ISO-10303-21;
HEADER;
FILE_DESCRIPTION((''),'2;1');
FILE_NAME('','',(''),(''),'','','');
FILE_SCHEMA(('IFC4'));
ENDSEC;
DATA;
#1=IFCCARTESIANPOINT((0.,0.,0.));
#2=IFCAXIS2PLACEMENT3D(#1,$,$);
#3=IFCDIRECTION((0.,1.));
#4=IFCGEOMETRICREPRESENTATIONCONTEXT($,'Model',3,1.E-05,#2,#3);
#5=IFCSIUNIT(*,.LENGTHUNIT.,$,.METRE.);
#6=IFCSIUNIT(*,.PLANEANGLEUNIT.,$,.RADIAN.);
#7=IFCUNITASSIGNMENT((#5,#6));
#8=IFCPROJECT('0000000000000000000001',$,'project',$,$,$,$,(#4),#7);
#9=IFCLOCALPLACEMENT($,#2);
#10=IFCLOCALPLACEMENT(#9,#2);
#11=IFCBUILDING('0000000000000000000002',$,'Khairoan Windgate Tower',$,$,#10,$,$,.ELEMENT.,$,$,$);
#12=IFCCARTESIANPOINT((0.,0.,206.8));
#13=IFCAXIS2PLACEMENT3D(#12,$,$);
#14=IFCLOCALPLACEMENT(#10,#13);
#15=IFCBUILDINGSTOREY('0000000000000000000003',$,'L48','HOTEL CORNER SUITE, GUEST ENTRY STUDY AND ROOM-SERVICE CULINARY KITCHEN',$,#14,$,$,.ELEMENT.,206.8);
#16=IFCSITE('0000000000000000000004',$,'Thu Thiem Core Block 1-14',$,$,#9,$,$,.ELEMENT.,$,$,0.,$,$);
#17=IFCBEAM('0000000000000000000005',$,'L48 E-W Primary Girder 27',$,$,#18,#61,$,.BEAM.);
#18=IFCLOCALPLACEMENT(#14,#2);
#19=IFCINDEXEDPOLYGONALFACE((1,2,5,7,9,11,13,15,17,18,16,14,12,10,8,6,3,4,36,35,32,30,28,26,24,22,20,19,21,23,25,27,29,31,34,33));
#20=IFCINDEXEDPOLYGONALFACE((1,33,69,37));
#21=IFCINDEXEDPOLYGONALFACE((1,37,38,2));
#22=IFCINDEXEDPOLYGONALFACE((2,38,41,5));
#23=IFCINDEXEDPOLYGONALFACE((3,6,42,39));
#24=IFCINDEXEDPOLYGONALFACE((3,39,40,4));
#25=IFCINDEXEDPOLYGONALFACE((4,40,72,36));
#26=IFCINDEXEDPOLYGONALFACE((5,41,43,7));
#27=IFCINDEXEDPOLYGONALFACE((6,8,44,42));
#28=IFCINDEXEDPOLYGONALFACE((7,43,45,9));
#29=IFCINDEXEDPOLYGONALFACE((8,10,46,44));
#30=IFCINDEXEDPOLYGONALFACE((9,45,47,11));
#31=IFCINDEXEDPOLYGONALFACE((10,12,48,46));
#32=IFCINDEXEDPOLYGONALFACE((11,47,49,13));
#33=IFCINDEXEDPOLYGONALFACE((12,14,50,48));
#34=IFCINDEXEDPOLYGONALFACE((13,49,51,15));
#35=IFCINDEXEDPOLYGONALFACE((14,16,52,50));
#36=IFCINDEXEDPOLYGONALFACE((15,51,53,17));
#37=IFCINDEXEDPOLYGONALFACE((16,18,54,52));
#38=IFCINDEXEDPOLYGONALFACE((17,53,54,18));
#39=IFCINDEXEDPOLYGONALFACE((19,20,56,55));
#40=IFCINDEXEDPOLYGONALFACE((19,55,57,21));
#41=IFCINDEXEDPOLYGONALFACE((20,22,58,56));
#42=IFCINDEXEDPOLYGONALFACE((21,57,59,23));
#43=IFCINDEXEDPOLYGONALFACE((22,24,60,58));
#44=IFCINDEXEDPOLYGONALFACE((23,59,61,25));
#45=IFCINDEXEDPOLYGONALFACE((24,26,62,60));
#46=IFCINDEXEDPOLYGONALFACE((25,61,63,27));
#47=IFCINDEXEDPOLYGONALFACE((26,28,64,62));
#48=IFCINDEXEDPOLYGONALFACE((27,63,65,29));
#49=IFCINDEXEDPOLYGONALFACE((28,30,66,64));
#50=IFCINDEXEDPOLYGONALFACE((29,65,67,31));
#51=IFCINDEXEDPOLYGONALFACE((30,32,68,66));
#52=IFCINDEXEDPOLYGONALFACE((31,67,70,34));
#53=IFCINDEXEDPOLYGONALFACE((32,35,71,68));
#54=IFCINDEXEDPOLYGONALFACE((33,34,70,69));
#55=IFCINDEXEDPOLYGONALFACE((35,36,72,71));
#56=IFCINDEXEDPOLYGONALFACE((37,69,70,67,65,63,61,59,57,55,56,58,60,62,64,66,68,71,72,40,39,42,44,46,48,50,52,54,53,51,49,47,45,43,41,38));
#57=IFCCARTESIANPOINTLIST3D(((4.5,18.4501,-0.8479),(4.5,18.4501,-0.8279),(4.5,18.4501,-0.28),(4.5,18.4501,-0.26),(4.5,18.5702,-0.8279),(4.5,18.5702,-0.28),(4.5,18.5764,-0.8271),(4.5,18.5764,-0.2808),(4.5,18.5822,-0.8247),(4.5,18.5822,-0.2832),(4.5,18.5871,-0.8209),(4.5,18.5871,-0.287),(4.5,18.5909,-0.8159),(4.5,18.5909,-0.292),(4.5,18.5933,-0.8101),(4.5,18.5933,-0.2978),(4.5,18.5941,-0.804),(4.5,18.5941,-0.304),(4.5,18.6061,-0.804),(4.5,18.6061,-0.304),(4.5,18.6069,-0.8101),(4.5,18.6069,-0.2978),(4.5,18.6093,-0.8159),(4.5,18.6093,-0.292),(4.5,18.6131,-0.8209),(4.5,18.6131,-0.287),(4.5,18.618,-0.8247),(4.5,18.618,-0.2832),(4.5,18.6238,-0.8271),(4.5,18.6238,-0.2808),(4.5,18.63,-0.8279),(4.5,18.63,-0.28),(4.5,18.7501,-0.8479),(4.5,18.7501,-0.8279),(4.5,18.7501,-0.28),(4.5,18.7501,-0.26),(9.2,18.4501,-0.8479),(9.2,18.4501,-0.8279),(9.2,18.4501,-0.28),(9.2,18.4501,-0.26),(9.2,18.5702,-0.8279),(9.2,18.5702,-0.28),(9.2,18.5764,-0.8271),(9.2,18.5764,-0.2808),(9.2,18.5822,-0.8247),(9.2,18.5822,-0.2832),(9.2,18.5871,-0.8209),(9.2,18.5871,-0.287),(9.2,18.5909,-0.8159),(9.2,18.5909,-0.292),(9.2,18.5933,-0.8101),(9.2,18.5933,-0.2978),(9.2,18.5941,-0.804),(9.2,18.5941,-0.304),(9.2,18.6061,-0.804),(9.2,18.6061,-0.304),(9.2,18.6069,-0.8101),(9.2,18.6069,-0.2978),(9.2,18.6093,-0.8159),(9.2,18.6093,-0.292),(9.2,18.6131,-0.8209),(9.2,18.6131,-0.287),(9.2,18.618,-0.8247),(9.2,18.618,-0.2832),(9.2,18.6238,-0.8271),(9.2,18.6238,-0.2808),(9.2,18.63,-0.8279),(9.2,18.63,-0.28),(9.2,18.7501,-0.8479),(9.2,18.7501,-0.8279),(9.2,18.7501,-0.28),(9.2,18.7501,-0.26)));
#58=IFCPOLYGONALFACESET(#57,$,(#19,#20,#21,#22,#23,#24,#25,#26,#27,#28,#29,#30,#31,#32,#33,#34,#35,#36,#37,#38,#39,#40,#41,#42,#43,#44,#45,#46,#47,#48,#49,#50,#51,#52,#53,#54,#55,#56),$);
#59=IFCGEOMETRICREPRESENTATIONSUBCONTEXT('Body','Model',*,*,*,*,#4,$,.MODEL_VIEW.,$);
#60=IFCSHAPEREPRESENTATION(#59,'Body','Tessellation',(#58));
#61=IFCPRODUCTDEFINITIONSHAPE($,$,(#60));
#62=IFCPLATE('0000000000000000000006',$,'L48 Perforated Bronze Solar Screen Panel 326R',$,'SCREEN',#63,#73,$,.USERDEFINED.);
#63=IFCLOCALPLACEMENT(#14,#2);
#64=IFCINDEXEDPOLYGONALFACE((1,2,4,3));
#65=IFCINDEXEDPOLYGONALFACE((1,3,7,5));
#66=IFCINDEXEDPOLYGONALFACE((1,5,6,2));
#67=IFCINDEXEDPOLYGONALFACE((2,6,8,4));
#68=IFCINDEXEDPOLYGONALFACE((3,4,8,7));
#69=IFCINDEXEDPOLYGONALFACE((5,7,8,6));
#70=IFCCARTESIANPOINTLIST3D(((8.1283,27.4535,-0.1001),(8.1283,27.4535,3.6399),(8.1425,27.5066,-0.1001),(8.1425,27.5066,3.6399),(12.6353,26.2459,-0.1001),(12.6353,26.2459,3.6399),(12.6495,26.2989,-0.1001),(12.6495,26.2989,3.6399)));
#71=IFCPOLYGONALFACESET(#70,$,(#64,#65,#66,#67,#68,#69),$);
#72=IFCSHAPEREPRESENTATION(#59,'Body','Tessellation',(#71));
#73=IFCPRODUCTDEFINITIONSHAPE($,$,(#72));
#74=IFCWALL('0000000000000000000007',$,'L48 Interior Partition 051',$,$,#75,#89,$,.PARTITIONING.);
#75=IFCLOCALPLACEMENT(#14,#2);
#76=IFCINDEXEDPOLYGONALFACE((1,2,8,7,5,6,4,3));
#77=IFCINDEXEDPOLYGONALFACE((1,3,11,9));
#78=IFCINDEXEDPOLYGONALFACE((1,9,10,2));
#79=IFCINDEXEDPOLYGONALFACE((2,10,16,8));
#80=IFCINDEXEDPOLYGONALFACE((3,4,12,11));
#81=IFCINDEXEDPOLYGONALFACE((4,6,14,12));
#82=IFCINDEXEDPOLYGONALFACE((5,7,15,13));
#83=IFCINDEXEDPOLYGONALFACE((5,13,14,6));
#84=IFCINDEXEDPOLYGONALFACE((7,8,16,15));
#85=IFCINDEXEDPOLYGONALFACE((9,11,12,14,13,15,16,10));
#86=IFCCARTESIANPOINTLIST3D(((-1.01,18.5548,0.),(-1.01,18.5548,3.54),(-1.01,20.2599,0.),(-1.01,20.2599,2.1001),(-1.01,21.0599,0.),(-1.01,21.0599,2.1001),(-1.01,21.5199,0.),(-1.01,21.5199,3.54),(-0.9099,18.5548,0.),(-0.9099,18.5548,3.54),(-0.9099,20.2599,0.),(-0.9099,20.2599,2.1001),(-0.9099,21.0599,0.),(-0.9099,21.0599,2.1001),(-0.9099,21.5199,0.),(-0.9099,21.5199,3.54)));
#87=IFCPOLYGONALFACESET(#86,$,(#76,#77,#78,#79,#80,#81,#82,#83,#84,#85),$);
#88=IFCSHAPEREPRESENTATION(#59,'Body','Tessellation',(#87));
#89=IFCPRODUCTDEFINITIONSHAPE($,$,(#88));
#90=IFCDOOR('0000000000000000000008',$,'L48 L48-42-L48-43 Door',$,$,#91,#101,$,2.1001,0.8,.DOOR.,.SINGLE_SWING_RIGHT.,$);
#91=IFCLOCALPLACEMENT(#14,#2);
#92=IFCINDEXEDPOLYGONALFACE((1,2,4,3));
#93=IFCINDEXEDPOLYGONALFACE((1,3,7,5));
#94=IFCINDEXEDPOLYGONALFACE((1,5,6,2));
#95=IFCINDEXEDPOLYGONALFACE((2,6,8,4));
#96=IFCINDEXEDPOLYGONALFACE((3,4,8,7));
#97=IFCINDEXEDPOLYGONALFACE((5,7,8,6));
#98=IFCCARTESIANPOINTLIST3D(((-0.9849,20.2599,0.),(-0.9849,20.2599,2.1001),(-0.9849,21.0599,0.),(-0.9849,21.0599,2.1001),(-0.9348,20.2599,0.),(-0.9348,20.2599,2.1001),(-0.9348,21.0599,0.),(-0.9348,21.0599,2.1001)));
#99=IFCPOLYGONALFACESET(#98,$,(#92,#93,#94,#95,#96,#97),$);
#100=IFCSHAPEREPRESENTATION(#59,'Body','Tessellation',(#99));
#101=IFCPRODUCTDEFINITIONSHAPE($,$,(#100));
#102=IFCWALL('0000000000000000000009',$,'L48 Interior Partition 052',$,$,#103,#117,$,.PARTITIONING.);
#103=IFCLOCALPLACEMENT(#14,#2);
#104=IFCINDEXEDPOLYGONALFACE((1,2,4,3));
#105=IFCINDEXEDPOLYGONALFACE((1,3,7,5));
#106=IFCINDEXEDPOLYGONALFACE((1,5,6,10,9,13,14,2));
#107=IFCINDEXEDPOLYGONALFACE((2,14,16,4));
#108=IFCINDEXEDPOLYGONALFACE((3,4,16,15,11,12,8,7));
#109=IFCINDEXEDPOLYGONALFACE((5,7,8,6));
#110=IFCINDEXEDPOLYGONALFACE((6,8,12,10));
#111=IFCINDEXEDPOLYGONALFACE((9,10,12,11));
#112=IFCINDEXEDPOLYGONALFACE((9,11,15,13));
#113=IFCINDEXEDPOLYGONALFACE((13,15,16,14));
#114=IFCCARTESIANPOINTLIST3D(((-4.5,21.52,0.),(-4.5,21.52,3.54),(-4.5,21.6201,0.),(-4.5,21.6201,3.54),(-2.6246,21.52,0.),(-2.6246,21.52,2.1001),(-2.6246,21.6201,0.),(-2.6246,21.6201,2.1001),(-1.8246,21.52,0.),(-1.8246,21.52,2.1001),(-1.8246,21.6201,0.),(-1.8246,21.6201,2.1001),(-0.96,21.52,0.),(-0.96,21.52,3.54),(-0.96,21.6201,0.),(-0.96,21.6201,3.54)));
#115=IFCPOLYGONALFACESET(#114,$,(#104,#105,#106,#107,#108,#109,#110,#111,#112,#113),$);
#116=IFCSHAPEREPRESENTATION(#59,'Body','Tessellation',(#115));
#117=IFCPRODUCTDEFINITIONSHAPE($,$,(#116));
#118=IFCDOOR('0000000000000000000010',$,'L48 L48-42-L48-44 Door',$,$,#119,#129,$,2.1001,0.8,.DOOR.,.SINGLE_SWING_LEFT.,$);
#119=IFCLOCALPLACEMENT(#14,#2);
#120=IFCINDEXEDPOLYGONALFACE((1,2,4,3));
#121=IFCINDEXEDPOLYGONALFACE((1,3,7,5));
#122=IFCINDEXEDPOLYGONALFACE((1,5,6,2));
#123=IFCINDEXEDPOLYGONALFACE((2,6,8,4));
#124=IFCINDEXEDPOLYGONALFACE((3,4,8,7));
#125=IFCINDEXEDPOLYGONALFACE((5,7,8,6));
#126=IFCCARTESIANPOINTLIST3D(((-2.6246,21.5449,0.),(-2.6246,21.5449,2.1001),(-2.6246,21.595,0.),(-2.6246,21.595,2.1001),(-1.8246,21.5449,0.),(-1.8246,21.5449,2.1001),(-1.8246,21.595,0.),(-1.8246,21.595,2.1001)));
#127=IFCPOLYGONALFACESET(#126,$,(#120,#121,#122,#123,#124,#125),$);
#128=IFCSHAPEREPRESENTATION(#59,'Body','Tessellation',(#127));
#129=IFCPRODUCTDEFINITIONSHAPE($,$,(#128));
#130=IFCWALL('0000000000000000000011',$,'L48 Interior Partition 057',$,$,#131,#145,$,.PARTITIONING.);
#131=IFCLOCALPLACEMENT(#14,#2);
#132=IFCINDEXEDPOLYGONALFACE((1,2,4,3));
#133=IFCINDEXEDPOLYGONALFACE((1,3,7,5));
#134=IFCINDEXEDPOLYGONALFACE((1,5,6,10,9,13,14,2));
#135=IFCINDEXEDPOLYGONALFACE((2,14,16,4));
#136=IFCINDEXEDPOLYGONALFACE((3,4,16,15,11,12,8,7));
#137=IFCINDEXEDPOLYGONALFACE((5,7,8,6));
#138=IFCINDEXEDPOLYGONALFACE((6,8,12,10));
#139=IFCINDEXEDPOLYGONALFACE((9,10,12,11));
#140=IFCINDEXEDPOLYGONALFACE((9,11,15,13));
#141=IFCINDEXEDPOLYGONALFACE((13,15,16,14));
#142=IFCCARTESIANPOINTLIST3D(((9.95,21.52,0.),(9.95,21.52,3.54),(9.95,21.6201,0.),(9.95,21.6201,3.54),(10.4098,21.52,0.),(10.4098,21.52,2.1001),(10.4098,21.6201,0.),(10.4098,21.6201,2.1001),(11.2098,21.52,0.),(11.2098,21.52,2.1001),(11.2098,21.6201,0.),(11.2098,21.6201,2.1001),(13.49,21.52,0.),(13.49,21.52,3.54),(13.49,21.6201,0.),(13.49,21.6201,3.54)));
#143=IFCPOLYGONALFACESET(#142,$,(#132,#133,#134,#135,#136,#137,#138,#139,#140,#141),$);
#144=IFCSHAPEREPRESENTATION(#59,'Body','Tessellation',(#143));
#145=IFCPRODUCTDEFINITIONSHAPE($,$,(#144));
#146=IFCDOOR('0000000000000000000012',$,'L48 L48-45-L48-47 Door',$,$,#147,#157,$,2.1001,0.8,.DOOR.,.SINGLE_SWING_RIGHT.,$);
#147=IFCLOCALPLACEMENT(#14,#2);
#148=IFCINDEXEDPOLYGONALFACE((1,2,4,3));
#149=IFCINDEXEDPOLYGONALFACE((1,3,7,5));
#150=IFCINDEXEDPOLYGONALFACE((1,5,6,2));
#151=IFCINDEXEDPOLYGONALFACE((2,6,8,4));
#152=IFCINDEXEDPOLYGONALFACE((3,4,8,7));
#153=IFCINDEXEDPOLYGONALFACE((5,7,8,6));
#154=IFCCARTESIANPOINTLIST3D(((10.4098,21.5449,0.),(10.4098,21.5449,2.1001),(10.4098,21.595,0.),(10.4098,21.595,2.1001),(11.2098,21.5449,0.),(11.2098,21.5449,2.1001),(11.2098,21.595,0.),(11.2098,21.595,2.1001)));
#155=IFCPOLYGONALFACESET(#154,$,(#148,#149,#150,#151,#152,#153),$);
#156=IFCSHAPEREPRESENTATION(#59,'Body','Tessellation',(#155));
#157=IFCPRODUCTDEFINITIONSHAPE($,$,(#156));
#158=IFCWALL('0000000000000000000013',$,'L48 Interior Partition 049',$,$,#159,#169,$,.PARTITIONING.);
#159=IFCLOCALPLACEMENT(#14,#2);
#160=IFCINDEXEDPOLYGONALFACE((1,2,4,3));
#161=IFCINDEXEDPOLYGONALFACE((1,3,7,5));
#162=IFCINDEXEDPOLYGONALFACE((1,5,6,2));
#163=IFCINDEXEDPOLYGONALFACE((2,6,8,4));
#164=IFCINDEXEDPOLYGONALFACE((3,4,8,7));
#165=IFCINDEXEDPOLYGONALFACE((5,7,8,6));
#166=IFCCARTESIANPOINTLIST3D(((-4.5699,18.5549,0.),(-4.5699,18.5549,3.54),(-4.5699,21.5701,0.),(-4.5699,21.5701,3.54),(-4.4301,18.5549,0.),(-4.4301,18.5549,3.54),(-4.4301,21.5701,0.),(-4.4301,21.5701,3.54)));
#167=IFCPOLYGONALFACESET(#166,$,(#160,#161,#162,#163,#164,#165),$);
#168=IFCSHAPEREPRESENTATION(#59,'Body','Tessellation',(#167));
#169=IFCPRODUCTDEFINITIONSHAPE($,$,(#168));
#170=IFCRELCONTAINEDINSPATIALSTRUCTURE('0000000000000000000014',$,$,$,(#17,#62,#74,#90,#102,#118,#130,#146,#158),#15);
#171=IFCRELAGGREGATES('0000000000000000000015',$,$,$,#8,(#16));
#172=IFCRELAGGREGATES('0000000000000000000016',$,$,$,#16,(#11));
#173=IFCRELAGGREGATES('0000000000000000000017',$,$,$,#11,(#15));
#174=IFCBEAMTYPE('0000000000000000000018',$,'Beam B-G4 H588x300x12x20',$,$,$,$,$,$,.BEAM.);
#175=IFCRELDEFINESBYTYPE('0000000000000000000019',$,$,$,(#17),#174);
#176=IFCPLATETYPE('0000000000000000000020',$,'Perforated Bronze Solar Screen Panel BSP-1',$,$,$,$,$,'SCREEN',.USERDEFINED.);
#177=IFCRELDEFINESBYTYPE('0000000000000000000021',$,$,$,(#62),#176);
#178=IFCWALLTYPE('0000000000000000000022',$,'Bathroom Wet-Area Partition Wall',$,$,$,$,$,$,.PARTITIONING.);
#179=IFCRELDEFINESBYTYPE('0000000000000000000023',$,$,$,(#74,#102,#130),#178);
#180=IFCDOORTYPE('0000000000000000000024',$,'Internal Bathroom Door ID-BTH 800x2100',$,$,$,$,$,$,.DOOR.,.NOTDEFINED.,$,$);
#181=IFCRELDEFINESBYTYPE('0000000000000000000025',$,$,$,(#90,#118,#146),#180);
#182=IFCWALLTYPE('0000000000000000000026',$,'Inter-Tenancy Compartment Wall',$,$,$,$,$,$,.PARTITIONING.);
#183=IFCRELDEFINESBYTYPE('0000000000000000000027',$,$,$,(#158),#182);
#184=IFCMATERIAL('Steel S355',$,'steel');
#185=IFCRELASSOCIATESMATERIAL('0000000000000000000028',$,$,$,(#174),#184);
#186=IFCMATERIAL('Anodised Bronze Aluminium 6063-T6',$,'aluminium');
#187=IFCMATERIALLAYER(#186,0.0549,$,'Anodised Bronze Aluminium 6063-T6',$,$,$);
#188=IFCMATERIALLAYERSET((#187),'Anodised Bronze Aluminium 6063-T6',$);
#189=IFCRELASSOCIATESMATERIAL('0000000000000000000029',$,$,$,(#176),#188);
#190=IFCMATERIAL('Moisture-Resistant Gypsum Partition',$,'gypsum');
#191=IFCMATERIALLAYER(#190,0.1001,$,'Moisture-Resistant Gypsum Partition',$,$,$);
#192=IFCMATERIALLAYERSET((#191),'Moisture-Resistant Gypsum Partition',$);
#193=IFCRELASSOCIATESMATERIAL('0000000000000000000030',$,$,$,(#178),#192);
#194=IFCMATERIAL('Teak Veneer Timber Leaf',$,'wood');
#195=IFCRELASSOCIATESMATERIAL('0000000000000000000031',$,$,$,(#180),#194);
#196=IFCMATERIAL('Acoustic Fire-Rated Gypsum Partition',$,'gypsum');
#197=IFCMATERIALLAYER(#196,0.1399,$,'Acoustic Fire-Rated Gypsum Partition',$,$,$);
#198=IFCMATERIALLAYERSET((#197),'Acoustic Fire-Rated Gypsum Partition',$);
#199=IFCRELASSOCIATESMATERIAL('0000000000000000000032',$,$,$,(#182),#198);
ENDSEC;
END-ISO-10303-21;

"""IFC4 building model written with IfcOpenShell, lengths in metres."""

from ifc_helpers import new_model, si_unit, direction, frame, frame_2d, origin, origin_2d, place, context, subcontext, project, spatial, rectangle, i_section, extrude, material, layer, layer_set, material_profile, profile_set, type_object, element, fill, save


model = new_model("IFC4")

# Units and contexts
model_context = context("Model", 3, precision=1e-05, world=origin(), true_north=direction((0.0, 1.0)))
body_context = subcontext(model_context, "Body", "Model", "MODEL_VIEW")
ifc_project = project(units=[si_unit("LENGTHUNIT", "METRE"), si_unit("PLANEANGLEUNIT", "RADIAN")], contexts=[model_context])

# Site, building, storey
site_placement = place(None, origin())
site = spatial("IfcSite", under=ifc_project, at=site_placement, Name="Thu Thiem Core Block 1-14", CompositionType="ELEMENT", RefElevation=0.0)
building_placement = place(site_placement, origin())
building = spatial("IfcBuilding", under=site, at=building_placement, Name="Khairoan Windgate Tower", CompositionType="ELEMENT")
storey_placement = place(building_placement, frame((0.0, 0.0, 206.8)))
storey = spatial("IfcBuildingStorey", under=building, at=storey_placement, Name="L48", Description="HOTEL CORNER SUITE, GUEST ENTRY STUDY AND ROOM-SERVICE CULINARY KITCHEN", CompositionType="ELEMENT", Elevation=206.8)

# Beam
ifc_material_1 = material(Name="Steel S355", Category="steel")
ifc_material_profile_1 = material_profile(ifc_material_1, i_section(OverallWidth=0.3, OverallDepth=0.5879, WebThickness=0.012, FlangeThickness=0.02, FilletRadius=0.0239, at=origin_2d()))
ifc_profile_set_1 = profile_set([ifc_material_profile_1], Name="Steel S355")
beam_type = type_object("IfcBeamType", Name="Beam B-G4 H588x300x12x20", PredefinedType="BEAM", material=ifc_profile_set_1)
beam_placement = place(storey_placement, frame((4.5, 18.6001, -0.554), z_axis=(1.0, 0.0, 0.0), x_axis=(0.0, 1.0, 0.0)))
element("IfcBeam", 1, at=beam_placement, inside=storey, type_object=beam_type, Name="L48 E-W Primary Girder 27", PredefinedType="BEAM", context=body_context, shape_type="SweptSolid", body=[
    extrude(i_section(OverallWidth=0.3, OverallDepth=0.5879, WebThickness=0.012, FlangeThickness=0.02, FilletRadius=0.0239, at=origin_2d()), origin(), (0.0, 0.0, 1.0), 4.7),
])

# Plate
ifc_material_2 = material(Name="Anodised Bronze Aluminium 6063-T6", Category="aluminium")
ifc_layer_1 = layer(ifc_material_2, 0.0549, Name="Anodised Bronze Aluminium 6063-T6")
ifc_layer_set_1 = layer_set([ifc_layer_1], Name="Anodised Bronze Aluminium 6063-T6")
plate_type = type_object("IfcPlateType", Name="Perforated Bronze Solar Screen Panel BSP-1", ElementType="SCREEN", PredefinedType="USERDEFINED", material=ifc_layer_set_1)
plate_placement = place(storey_placement, frame((10.3889, 26.8762, -0.1001), z_axis=(0.0, 0.0, 1.0), x_axis=(0.965926, -0.258819, 0.0)))
element("IfcPlate", 2, at=plate_placement, inside=storey, type_object=plate_type, Name="L48 Perforated Bronze Solar Screen Panel 326R", ObjectType="SCREEN", PredefinedType="USERDEFINED", context=body_context, shape_type="SweptSolid", body=[
    extrude(rectangle(XDim=4.666, YDim=0.0549, at=origin_2d()), origin(), (0.0, 0.0, 1.0), 3.74),
])

# Walls, openings, doors
ifc_material_3 = material(Name="Moisture-Resistant Gypsum Partition", Category="gypsum")
ifc_layer_2 = layer(ifc_material_3, 0.1001, Name="Moisture-Resistant Gypsum Partition")
ifc_layer_set_2 = layer_set([ifc_layer_2], Name="Moisture-Resistant Gypsum Partition")
wall_type_1 = type_object("IfcWallType", Name="Bathroom Wet-Area Partition Wall", PredefinedType="PARTITIONING", material=ifc_layer_set_2)
wall_1_placement = place(storey_placement, frame((-0.96, 18.5549, 0.0), z_axis=(0.0, 0.0, 1.0), x_axis=(0.0, 1.0, 0.0)))
wall_1 = element("IfcWall", 3, at=wall_1_placement, inside=storey, type_object=wall_type_1, Name="L48 Interior Partition 051", PredefinedType="PARTITIONING", context=body_context, shape_type="SweptSolid", body=[
    extrude(rectangle(XDim=2.9651, YDim=0.1001, at=frame_2d((1.4824, 0.0))), origin(), (0.0, 0.0, 1.0), 3.54),
])
opening_1_placement = place(wall_1_placement, frame((1.7051, 0.0, 0.0)))
opening_1 = element("IfcOpeningElement", 4, at=opening_1_placement, cuts=wall_1, PredefinedType="OPENING", context=body_context, shape_type="SweptSolid", body=[
    extrude(rectangle(XDim=0.8, YDim=2.1001, at=frame_2d((0.3999, 1.05))), frame((0.0, 0.0601, 0.0), z_axis=(0.0, -1.0, 0.0), x_axis=(1.0, 0.0, 0.0)), (0.0, 0.0, 1.0), 0.1201),
])
ifc_material_4 = material(Name="Teak Veneer Timber Leaf", Category="wood")
door_type_1 = type_object("IfcDoorType", Name="Internal Bathroom Door ID-BTH 800x2100", OperationType="NOTDEFINED", PredefinedType="DOOR", material=ifc_material_4)
door_1_placement = place(opening_1_placement, origin())
door_1 = element("IfcDoor", 5, at=door_1_placement, inside=storey, type_object=door_type_1, Name="L48 L48-42-L48-43 Door", OperationType="SINGLE_SWING_RIGHT", OverallHeight=2.1001, OverallWidth=0.8, PredefinedType="DOOR", context=body_context, shape_type="SweptSolid", body=[
    extrude(rectangle(XDim=0.8, YDim=2.1001, at=frame_2d((0.3999, 1.05))), frame((0.0, 0.0249, 0.0), z_axis=(0.0, -1.0, 0.0), x_axis=(1.0, 0.0, 0.0)), (0.0, 0.0, 1.0), 0.05),
])
fill(opening_1, door_1)
wall_2_placement = place(storey_placement, frame((-4.5, 21.5701, 0.0), z_axis=(0.0, 0.0, 1.0), x_axis=(1.0, 0.0, 0.0)))
wall_2 = element("IfcWall", 6, at=wall_2_placement, inside=storey, type_object=wall_type_1, Name="L48 Interior Partition 052", PredefinedType="PARTITIONING", context=body_context, shape_type="SweptSolid", body=[
    extrude(rectangle(XDim=3.54, YDim=0.1001, at=frame_2d((1.77, 0.0))), origin(), (0.0, 0.0, 1.0), 3.54),
])
opening_2_placement = place(wall_2_placement, frame((1.8755, 0.0, 0.0)))
opening_2 = element("IfcOpeningElement", 7, at=opening_2_placement, cuts=wall_2, PredefinedType="OPENING", context=body_context, shape_type="SweptSolid", body=[
    extrude(rectangle(XDim=0.8, YDim=2.1001, at=frame_2d((0.3999, 1.05))), frame((0.0, 0.0601, 0.0), z_axis=(0.0, -1.0, 0.0), x_axis=(1.0, 0.0, 0.0)), (0.0, 0.0, 1.0), 0.1201),
])
door_2_placement = place(opening_2_placement, origin())
door_2 = element("IfcDoor", 8, at=door_2_placement, inside=storey, type_object=door_type_1, Name="L48 L48-42-L48-44 Door", OperationType="SINGLE_SWING_LEFT", OverallHeight=2.1001, OverallWidth=0.8, PredefinedType="DOOR", context=body_context, shape_type="SweptSolid", body=[
    extrude(rectangle(XDim=0.8, YDim=2.1001, at=frame_2d((0.3999, 1.05))), frame((0.0, 0.0249, 0.0), z_axis=(0.0, -1.0, 0.0), x_axis=(1.0, 0.0, 0.0)), (0.0, 0.0, 1.0), 0.05),
])
fill(opening_2, door_2)
wall_3_placement = place(storey_placement, frame((9.95, 21.5701, 0.0), z_axis=(0.0, 0.0, 1.0), x_axis=(1.0, 0.0, 0.0)))
wall_3 = element("IfcWall", 9, at=wall_3_placement, inside=storey, type_object=wall_type_1, Name="L48 Interior Partition 057", PredefinedType="PARTITIONING", context=body_context, shape_type="SweptSolid", body=[
    extrude(rectangle(XDim=3.54, YDim=0.1001, at=frame_2d((1.77, 0.0))), origin(), (0.0, 0.0, 1.0), 3.54),
])
opening_3_placement = place(wall_3_placement, frame((0.46, 0.0, 0.0)))
opening_3 = element("IfcOpeningElement", 10, at=opening_3_placement, cuts=wall_3, PredefinedType="OPENING", context=body_context, shape_type="SweptSolid", body=[
    extrude(rectangle(XDim=0.8, YDim=2.1001, at=frame_2d((0.3999, 1.05))), frame((0.0, 0.0601, 0.0), z_axis=(0.0, -1.0, 0.0), x_axis=(1.0, 0.0, 0.0)), (0.0, 0.0, 1.0), 0.1201),
])
door_3_placement = place(opening_3_placement, origin())
door_3 = element("IfcDoor", 11, at=door_3_placement, inside=storey, type_object=door_type_1, Name="L48 L48-45-L48-47 Door", OperationType="SINGLE_SWING_RIGHT", OverallHeight=2.1001, OverallWidth=0.8, PredefinedType="DOOR", context=body_context, shape_type="SweptSolid", body=[
    extrude(rectangle(XDim=0.8, YDim=2.1001, at=frame_2d((0.3999, 1.05))), frame((0.0, 0.0249, 0.0), z_axis=(0.0, -1.0, 0.0), x_axis=(1.0, 0.0, 0.0)), (0.0, 0.0, 1.0), 0.05),
])
fill(opening_3, door_3)

# Wall
ifc_material_5 = material(Name="Acoustic Fire-Rated Gypsum Partition", Category="gypsum")
ifc_layer_3 = layer(ifc_material_5, 0.1399, Name="Acoustic Fire-Rated Gypsum Partition")
ifc_layer_set_3 = layer_set([ifc_layer_3], Name="Acoustic Fire-Rated Gypsum Partition")
wall_type_2 = type_object("IfcWallType", Name="Inter-Tenancy Compartment Wall", PredefinedType="PARTITIONING", material=ifc_layer_set_3)
wall_4_placement = place(storey_placement, frame((-4.5, 18.5549, 0.0), z_axis=(0.0, 0.0, 1.0), x_axis=(0.0, 1.0, 0.0)))
element("IfcWall", 12, at=wall_4_placement, inside=storey, type_object=wall_type_2, Name="L48 Interior Partition 049", PredefinedType="PARTITIONING", context=body_context, shape_type="SweptSolid", body=[
    extrude(rectangle(XDim=3.0151, YDim=0.1399, at=frame_2d((1.5076, 0.0))), origin(), (0.0, 0.0, 1.0), 3.54),
])

save(model, "model.ifc")
